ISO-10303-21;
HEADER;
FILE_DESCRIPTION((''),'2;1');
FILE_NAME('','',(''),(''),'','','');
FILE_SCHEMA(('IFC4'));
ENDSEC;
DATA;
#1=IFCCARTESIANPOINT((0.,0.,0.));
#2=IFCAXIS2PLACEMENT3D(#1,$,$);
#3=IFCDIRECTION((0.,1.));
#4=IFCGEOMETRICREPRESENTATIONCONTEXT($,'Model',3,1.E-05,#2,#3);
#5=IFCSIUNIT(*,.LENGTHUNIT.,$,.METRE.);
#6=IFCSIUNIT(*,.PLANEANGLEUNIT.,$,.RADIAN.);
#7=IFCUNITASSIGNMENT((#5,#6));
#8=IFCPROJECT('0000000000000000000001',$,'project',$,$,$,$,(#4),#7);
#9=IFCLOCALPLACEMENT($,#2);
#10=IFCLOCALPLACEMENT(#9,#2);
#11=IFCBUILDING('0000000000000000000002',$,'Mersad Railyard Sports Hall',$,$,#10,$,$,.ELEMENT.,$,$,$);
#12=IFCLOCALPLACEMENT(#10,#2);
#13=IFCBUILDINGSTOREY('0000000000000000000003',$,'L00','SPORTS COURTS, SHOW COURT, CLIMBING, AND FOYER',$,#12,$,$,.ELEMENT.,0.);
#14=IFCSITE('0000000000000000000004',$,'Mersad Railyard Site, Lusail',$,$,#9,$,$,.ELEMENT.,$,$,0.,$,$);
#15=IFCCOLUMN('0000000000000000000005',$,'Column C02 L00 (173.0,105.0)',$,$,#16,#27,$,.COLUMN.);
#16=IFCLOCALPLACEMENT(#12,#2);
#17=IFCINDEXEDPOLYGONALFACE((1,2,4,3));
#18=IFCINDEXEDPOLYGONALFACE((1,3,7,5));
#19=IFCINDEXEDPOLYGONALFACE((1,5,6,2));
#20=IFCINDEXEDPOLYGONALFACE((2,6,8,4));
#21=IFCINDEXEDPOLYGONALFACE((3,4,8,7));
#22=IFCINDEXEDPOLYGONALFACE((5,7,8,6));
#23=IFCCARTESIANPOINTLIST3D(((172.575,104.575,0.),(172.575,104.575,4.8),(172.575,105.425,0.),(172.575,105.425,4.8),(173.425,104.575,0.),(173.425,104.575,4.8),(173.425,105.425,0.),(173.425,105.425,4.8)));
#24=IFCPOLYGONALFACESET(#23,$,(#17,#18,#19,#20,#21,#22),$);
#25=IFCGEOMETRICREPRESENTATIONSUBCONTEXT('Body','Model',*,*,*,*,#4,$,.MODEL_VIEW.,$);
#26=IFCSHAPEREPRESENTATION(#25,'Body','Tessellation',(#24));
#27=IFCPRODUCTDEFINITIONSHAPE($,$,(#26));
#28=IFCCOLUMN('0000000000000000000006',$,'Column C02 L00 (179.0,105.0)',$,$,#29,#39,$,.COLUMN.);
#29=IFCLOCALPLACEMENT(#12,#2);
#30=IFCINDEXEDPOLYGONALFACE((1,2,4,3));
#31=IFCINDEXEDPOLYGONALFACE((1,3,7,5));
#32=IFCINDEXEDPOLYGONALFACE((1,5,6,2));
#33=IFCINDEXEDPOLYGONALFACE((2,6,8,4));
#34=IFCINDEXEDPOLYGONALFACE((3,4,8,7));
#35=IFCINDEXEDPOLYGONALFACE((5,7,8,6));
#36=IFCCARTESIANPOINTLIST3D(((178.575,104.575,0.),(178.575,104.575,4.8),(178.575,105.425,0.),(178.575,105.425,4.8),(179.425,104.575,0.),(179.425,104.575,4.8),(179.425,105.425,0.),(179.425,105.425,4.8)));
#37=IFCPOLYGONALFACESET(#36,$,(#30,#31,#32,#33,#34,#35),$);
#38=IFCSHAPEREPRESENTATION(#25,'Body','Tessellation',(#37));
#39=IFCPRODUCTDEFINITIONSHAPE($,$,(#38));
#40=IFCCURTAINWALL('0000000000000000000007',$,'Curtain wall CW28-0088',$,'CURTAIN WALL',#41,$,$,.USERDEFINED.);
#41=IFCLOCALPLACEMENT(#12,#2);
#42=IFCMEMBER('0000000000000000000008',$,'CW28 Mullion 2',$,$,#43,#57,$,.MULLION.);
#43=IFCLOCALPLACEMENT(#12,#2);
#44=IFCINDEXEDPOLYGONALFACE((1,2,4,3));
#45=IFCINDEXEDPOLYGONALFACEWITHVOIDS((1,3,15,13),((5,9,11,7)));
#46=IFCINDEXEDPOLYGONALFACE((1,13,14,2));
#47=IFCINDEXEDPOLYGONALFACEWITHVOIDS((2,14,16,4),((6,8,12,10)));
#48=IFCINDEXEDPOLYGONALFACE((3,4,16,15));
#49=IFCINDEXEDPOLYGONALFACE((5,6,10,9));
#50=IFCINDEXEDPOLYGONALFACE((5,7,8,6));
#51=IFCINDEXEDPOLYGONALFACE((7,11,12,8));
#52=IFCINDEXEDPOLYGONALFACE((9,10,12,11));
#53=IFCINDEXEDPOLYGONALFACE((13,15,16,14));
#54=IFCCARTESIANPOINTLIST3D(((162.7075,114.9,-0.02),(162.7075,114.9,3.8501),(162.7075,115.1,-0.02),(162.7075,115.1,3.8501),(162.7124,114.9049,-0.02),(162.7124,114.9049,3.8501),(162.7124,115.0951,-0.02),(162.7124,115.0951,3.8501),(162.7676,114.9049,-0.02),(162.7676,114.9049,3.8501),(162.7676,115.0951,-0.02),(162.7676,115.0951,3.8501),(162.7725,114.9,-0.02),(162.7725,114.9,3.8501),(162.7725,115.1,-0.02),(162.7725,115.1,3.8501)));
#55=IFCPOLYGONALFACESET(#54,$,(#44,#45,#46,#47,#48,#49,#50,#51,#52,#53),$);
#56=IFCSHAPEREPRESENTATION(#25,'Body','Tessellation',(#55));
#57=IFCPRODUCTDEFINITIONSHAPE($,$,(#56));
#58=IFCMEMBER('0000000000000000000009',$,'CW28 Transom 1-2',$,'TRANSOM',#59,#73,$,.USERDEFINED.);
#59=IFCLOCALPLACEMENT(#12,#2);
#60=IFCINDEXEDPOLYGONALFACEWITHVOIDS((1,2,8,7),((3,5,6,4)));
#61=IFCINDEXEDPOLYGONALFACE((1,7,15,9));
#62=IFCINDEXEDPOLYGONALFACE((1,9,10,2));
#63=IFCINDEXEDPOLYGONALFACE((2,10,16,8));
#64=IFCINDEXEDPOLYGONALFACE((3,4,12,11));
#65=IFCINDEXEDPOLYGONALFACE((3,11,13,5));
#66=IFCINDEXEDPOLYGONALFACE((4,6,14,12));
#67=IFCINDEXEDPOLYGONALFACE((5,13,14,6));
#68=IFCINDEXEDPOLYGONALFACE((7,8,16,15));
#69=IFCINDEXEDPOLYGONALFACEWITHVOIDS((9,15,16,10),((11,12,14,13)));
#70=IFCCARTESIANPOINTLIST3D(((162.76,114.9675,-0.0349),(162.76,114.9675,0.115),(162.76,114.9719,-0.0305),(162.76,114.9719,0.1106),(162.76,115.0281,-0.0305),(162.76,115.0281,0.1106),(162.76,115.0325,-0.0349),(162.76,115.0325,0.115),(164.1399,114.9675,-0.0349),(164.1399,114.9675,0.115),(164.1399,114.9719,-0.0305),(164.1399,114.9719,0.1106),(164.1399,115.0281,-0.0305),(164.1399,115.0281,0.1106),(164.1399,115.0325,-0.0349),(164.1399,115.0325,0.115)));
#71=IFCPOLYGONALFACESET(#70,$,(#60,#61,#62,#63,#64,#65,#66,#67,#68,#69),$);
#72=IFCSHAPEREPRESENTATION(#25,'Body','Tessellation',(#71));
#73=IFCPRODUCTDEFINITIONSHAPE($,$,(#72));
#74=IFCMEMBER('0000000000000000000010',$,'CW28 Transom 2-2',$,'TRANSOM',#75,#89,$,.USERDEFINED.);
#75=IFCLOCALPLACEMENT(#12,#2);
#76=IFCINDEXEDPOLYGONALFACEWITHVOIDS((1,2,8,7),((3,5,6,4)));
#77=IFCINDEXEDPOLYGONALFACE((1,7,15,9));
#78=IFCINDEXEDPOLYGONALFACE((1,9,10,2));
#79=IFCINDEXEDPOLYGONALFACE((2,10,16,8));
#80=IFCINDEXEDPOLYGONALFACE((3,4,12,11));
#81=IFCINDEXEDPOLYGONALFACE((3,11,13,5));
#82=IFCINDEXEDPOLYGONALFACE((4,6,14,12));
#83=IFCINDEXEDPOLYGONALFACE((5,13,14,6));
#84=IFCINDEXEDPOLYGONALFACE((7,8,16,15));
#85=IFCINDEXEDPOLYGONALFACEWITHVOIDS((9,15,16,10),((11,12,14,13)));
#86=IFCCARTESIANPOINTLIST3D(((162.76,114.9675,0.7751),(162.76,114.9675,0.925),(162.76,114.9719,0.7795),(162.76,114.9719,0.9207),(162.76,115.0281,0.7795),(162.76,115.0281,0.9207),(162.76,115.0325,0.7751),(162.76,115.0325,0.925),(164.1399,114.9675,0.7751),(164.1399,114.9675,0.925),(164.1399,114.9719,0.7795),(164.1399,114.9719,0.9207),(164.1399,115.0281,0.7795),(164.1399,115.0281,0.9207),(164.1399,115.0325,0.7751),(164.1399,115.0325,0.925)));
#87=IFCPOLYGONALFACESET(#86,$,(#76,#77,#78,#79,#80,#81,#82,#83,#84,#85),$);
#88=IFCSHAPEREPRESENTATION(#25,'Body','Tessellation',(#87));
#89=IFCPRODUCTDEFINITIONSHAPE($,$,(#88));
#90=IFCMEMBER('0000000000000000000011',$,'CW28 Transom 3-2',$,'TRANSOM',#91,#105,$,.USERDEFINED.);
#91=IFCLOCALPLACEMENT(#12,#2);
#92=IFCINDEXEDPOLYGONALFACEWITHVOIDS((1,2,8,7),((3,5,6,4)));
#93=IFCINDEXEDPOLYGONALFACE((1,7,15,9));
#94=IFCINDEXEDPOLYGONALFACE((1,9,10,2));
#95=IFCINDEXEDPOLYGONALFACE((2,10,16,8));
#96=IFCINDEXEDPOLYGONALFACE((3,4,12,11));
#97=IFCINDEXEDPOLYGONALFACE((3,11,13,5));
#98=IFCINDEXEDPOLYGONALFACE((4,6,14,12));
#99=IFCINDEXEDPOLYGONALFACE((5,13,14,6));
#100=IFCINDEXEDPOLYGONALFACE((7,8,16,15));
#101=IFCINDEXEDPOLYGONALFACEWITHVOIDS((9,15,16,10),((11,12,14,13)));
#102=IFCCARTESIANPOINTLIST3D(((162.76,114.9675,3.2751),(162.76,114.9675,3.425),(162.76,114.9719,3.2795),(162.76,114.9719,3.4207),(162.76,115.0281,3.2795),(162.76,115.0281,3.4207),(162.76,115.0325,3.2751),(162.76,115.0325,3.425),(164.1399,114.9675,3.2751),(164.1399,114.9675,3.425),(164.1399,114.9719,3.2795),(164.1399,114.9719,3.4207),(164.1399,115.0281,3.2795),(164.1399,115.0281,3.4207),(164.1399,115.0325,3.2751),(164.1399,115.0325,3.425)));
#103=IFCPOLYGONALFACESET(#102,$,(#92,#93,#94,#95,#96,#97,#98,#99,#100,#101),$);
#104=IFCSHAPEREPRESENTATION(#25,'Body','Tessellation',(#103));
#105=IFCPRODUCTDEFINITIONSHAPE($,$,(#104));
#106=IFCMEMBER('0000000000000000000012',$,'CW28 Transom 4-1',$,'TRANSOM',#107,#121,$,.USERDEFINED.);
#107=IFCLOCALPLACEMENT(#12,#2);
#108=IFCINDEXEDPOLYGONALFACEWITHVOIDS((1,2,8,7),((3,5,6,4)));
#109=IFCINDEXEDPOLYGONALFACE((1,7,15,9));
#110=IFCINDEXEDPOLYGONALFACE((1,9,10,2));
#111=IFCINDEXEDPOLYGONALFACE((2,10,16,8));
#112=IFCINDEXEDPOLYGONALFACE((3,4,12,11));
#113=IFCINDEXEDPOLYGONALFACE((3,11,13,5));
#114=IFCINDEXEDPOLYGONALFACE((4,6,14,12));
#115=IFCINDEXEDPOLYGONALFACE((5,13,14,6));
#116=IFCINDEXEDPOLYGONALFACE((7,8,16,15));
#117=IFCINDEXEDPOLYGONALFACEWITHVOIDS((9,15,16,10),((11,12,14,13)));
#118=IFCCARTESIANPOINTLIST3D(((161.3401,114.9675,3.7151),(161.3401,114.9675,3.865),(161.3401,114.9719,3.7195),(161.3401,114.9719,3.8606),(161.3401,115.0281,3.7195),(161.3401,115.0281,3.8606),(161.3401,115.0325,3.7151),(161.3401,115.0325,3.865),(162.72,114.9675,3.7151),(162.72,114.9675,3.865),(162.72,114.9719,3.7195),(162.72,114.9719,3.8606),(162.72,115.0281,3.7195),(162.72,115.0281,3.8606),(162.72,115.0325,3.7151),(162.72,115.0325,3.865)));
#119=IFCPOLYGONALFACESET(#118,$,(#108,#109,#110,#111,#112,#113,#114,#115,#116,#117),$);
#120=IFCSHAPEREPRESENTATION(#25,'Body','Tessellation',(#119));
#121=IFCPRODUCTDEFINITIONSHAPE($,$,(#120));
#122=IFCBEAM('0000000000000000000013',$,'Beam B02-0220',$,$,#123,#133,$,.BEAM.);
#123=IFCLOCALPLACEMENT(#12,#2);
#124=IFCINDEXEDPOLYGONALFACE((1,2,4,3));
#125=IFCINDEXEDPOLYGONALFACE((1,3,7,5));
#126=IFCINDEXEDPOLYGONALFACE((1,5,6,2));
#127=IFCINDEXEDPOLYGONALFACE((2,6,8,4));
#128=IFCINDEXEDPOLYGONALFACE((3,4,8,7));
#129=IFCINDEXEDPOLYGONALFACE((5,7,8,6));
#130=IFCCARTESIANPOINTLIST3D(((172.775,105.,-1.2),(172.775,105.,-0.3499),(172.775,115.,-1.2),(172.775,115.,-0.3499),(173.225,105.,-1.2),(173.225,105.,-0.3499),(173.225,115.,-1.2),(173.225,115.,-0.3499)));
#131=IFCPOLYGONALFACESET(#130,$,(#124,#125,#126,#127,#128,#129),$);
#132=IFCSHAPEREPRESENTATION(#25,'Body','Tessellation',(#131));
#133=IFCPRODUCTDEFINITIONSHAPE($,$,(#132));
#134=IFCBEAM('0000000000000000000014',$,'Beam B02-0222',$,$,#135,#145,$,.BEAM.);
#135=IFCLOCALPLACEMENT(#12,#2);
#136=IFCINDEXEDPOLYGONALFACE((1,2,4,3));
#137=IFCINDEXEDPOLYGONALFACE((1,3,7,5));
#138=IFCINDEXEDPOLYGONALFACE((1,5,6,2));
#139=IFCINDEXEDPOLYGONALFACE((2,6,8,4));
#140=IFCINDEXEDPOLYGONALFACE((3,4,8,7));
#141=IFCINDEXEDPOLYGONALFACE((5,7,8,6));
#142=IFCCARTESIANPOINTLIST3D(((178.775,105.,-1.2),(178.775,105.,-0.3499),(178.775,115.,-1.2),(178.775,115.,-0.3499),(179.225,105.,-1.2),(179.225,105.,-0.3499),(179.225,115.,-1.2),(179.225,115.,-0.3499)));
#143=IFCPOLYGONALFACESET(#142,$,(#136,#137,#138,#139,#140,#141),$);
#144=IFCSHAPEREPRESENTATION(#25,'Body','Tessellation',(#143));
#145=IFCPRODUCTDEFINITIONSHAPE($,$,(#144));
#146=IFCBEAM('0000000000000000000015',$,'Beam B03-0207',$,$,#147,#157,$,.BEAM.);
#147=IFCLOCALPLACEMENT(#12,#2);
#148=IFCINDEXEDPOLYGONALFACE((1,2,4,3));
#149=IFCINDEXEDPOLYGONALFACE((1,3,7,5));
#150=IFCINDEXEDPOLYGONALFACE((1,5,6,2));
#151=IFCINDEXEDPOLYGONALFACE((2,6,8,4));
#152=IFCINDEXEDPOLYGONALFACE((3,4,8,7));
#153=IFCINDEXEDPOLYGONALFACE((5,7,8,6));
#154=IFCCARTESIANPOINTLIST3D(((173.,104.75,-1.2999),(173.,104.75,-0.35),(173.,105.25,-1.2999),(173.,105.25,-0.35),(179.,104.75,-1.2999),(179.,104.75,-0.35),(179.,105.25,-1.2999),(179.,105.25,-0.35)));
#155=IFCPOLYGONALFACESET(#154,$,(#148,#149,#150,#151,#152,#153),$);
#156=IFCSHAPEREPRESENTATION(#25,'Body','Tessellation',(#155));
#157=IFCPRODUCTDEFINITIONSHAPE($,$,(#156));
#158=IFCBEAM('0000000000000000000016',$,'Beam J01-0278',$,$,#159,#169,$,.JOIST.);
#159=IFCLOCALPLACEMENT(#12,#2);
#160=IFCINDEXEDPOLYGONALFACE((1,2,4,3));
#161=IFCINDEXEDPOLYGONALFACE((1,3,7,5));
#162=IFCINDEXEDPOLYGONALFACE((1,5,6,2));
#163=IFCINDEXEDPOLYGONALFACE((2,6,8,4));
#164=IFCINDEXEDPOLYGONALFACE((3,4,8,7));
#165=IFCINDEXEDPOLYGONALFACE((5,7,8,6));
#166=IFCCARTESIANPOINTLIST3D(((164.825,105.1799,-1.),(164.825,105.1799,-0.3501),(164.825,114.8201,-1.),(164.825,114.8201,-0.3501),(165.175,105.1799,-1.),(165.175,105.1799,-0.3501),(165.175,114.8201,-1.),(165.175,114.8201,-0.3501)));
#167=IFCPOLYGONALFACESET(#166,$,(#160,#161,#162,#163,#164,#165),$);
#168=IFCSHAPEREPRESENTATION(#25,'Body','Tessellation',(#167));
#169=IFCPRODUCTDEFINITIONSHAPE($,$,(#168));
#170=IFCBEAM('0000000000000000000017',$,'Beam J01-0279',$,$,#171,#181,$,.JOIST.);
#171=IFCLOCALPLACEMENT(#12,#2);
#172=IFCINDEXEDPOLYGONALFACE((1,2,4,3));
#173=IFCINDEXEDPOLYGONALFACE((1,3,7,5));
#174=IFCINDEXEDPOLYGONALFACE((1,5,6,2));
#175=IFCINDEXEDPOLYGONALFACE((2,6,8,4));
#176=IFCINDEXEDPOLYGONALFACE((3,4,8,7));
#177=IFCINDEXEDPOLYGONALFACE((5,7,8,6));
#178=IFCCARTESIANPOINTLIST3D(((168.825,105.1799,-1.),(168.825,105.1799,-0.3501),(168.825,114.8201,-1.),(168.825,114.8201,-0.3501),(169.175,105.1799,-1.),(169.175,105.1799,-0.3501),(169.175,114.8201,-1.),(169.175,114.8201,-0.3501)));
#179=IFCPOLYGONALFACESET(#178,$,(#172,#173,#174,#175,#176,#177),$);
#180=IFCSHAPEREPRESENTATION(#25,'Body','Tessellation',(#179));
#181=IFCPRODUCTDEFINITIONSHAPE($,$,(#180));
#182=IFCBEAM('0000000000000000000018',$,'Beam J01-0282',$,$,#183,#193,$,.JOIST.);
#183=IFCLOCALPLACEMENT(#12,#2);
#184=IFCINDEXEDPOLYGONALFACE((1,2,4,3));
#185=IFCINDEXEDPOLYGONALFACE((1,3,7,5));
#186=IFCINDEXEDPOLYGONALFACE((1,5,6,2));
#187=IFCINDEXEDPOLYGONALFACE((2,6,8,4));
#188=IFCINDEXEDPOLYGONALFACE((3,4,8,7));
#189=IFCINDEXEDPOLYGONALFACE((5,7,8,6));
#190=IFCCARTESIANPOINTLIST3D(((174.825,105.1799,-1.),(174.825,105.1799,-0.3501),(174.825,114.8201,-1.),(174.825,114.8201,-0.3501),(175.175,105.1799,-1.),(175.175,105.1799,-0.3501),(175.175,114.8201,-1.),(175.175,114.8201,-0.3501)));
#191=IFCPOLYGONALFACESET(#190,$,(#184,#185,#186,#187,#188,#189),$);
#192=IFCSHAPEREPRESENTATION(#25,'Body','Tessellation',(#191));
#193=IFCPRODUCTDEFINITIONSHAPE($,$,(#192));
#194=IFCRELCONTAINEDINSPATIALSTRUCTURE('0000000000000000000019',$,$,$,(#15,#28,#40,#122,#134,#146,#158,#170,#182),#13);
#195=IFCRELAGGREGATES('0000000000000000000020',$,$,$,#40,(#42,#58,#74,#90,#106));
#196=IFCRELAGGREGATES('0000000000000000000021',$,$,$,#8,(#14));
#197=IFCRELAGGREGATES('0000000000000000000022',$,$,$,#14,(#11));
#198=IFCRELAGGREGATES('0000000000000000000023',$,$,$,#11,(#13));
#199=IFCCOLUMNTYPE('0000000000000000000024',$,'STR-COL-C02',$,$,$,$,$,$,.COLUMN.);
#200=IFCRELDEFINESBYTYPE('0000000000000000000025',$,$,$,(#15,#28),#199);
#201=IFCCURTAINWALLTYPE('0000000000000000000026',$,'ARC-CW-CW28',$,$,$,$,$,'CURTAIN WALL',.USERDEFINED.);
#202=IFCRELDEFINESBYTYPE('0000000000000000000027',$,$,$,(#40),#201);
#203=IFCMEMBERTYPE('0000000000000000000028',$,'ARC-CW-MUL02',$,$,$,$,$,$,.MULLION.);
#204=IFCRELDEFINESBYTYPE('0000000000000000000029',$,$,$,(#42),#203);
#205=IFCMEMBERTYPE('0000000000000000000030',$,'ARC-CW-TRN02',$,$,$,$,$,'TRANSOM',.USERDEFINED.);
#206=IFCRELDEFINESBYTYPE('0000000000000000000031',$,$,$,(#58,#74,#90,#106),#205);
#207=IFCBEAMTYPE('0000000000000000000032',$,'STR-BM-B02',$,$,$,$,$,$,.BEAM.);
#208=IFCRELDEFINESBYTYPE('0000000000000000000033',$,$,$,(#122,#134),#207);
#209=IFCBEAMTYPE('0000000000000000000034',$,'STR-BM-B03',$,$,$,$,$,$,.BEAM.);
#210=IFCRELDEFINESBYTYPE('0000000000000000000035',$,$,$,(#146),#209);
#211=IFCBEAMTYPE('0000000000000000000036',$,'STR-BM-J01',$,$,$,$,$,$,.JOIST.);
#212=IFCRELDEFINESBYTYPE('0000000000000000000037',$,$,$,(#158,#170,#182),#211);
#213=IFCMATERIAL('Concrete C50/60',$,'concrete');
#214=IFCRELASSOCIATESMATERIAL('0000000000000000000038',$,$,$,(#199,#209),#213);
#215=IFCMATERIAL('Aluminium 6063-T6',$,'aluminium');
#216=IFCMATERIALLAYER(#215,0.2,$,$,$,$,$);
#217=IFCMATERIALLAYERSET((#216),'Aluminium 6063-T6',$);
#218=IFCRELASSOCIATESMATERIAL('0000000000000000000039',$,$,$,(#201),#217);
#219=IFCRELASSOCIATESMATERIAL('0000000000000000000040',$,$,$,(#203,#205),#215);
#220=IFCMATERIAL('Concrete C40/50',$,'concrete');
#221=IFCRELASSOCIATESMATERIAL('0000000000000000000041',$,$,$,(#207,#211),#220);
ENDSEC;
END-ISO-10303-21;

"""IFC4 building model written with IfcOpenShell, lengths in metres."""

from ifc_helpers import new_model, si_unit, direction, frame, origin, origin_2d, place, context, subcontext, project, spatial, rectangle, hollow_rectangle, extrude, material, layer, layer_set, material_profile, profile_set, type_object, element, aggregate, save


model = new_model("IFC4")

# Units and contexts
model_context = context("Model", 3, precision=1e-05, world=origin(), true_north=direction((0.0, 1.0)))
body_context = subcontext(model_context, "Body", "Model", "MODEL_VIEW")
ifc_project = project(units=[si_unit("LENGTHUNIT", "METRE"), si_unit("PLANEANGLEUNIT", "RADIAN")], contexts=[model_context])

# Site, building, storey
site_placement = place(None, origin())
site = spatial("IfcSite", under=ifc_project, at=site_placement, Name="Mersad Railyard Site, Lusail", CompositionType="ELEMENT", RefElevation=0.0)
building_placement = place(site_placement, origin())
building = spatial("IfcBuilding", under=site, at=building_placement, Name="Mersad Railyard Sports Hall", CompositionType="ELEMENT")
storey_placement = place(building_placement, origin())
storey = spatial("IfcBuildingStorey", under=building, at=storey_placement, Name="L00", Description="SPORTS COURTS, SHOW COURT, CLIMBING, AND FOYER", CompositionType="ELEMENT", Elevation=0.0)

# Columns
ifc_material_1 = material(Name="Concrete C50/60", Category="concrete")
ifc_material_profile_1 = material_profile(ifc_material_1, rectangle(XDim=0.8501, YDim=0.8501, at=origin_2d()), Name="RC 850x850")
ifc_profile_set_1 = profile_set([ifc_material_profile_1], Name="Concrete C50/60")
column_type = type_object("IfcColumnType", Name="STR-COL-C02", PredefinedType="COLUMN", material=ifc_profile_set_1)
for number, where, z_axis, x_axis, name in (
    (1, (173.0, 105.0, 0.0), (0.0, 0.0, 1.0), (1.0, 0.0, 0.0), "Column C02 L00 (173.0,105.0)"),
    (2, (179.0, 105.0, 0.0), (0.0, 0.0, 1.0), (1.0, 0.0, 0.0), "Column C02 L00 (179.0,105.0)"),
):
    element("IfcColumn", number, at=place(storey_placement, frame(where, z_axis=z_axis, x_axis=x_axis)), inside=storey, type_object=column_type, Name=name, PredefinedType="COLUMN", context=body_context, shape_type="SweptSolid", body=[
        extrude(rectangle(XDim=0.8501, YDim=0.8501, at=origin_2d()), origin(), (0.0, 0.0, 1.0), 4.8),
    ])

# Curtain wall, members
ifc_material_2 = material(Name="Aluminium 6063-T6", Category="aluminium")
ifc_layer_1 = layer(ifc_material_2, 0.2)
ifc_layer_set_1 = layer_set([ifc_layer_1], Name="Aluminium 6063-T6")
curtain_wall_type = type_object("IfcCurtainWallType", Name="ARC-CW-CW28", ElementType="CURTAIN WALL", PredefinedType="USERDEFINED", material=ifc_layer_set_1)
curtain_wall_placement = place(storey_placement, origin())
curtain_wall = element("IfcCurtainWall", 3, at=curtain_wall_placement, inside=storey, type_object=curtain_wall_type, Name="Curtain wall CW28-0088", ObjectType="CURTAIN WALL", PredefinedType="USERDEFINED")
ifc_material_profile_2 = material_profile(ifc_material_2, hollow_rectangle(XDim=0.0649, YDim=0.2, WallThickness=0.0049, at=origin_2d()), Name="AL MULLION 65x200x5")
ifc_profile_set_2 = profile_set([ifc_material_profile_2], Name="Aluminium 6063-T6")
member_type_1 = type_object("IfcMemberType", Name="ARC-CW-MUL02", PredefinedType="MULLION", material=ifc_profile_set_2)
member_1_placement = place(storey_placement, frame((162.74, 115.0, -0.02), z_axis=(0.0, 0.0, 1.0), x_axis=(1.0, 0.0, 0.0)))
member_1 = element("IfcMember", 4, at=member_1_placement, type_object=member_type_1, Name="CW28 Mullion 2", PredefinedType="MULLION", context=body_context, shape_type="SweptSolid", body=[
    extrude(hollow_rectangle(XDim=0.0649, YDim=0.2, WallThickness=0.0049, at=origin_2d()), origin(), (0.0, 0.0, 1.0), 3.8701),
])
ifc_material_profile_3 = material_profile(ifc_material_2, hollow_rectangle(XDim=0.0649, YDim=0.1499, WallThickness=0.0044, at=origin_2d()), Name="AL TRANSOM 65x150x4.5")
ifc_profile_set_3 = profile_set([ifc_material_profile_3], Name="Aluminium 6063-T6")
member_type_2 = type_object("IfcMemberType", Name="ARC-CW-TRN02", ElementType="TRANSOM", PredefinedType="USERDEFINED", material=ifc_profile_set_3)
member_2_placement = place(storey_placement, frame((162.76, 115.0, 0.04), z_axis=(1.0, 0.0, 0.0), x_axis=(0.0, 1.0, 0.0)))
member_2 = element("IfcMember", 5, at=member_2_placement, type_object=member_type_2, Name="CW28 Transom 1-2", ObjectType="TRANSOM", PredefinedType="USERDEFINED", context=body_context, shape_type="SweptSolid", body=[
    extrude(hollow_rectangle(XDim=0.0649, YDim=0.1499, WallThickness=0.0044, at=origin_2d()), origin(), (0.0, 0.0, 1.0), 1.3799),
])
member_3_placement = place(storey_placement, frame((162.76, 115.0, 0.8501), z_axis=(1.0, 0.0, 0.0), x_axis=(0.0, 1.0, 0.0)))
member_3 = element("IfcMember", 6, at=member_3_placement, type_object=member_type_2, Name="CW28 Transom 2-2", ObjectType="TRANSOM", PredefinedType="USERDEFINED", context=body_context, shape_type="SweptSolid", body=[
    extrude(hollow_rectangle(XDim=0.0649, YDim=0.1499, WallThickness=0.0044, at=origin_2d()), origin(), (0.0, 0.0, 1.0), 1.3799),
])
member_4_placement = place(storey_placement, frame((162.76, 115.0, 3.3501), z_axis=(1.0, 0.0, 0.0), x_axis=(0.0, 1.0, 0.0)))
member_4 = element("IfcMember", 7, at=member_4_placement, type_object=member_type_2, Name="CW28 Transom 3-2", ObjectType="TRANSOM", PredefinedType="USERDEFINED", context=body_context, shape_type="SweptSolid", body=[
    extrude(hollow_rectangle(XDim=0.0649, YDim=0.1499, WallThickness=0.0044, at=origin_2d()), origin(), (0.0, 0.0, 1.0), 1.3799),
])
member_5_placement = place(storey_placement, frame((161.3401, 115.0, 3.79), z_axis=(1.0, 0.0, 0.0), x_axis=(0.0, 1.0, 0.0)))
member_5 = element("IfcMember", 8, at=member_5_placement, type_object=member_type_2, Name="CW28 Transom 4-1", ObjectType="TRANSOM", PredefinedType="USERDEFINED", context=body_context, shape_type="SweptSolid", body=[
    extrude(hollow_rectangle(XDim=0.0649, YDim=0.1499, WallThickness=0.0044, at=origin_2d()), origin(), (0.0, 0.0, 1.0), 1.3799),
])

# Beams
ifc_material_3 = material(Name="Concrete C40/50", Category="concrete")
ifc_material_profile_4 = material_profile(ifc_material_3, rectangle(XDim=0.45, YDim=0.8501, at=origin_2d()), Name="RC 450x850")
ifc_profile_set_4 = profile_set([ifc_material_profile_4], Name="Concrete C40/50")
beam_type_1 = type_object("IfcBeamType", Name="STR-BM-B02", PredefinedType="BEAM", material=ifc_profile_set_4)
for number, where, z_axis, x_axis, name in (
    (9, (173.0, 105.0, -0.7749), (0.0, 1.0, 0.0), (-1.0, 0.0, 0.0), "Beam B02-0220"),
    (10, (179.0, 105.0, -0.7749), (0.0, 1.0, 0.0), (-1.0, 0.0, 0.0), "Beam B02-0222"),
):
    element("IfcBeam", number, at=place(storey_placement, frame(where, z_axis=z_axis, x_axis=x_axis)), inside=storey, type_object=beam_type_1, Name=name, PredefinedType="BEAM", context=body_context, shape_type="SweptSolid", body=[
        extrude(rectangle(XDim=0.45, YDim=0.8501, at=origin_2d()), origin(), (0.0, 0.0, 1.0), 10.0),
    ])
ifc_material_profile_5 = material_profile(ifc_material_1, rectangle(XDim=0.5, YDim=0.95, at=origin_2d()), Name="RC 500x950")
ifc_profile_set_5 = profile_set([ifc_material_profile_5], Name="Concrete C50/60")
beam_type_2 = type_object("IfcBeamType", Name="STR-BM-B03", PredefinedType="BEAM", material=ifc_profile_set_5)
beam_placement = place(storey_placement, frame((173.0, 105.0, -0.825), z_axis=(1.0, 0.0, 0.0), x_axis=(0.0, 1.0, 0.0)))
element("IfcBeam", 11, at=beam_placement, inside=storey, type_object=beam_type_2, Name="Beam B03-0207", PredefinedType="BEAM", context=body_context, shape_type="SweptSolid", body=[
    extrude(rectangle(XDim=0.5, YDim=0.95, at=origin_2d()), origin(), (0.0, 0.0, 1.0), 6.0),
])
ifc_material_profile_6 = material_profile(ifc_material_3, rectangle(XDim=0.3501, YDim=0.6499, at=origin_2d()), Name="RC 350x650")
ifc_profile_set_6 = profile_set([ifc_material_profile_6], Name="Concrete C40/50")
beam_type_3 = type_object("IfcBeamType", Name="STR-BM-J01", PredefinedType="JOIST", material=ifc_profile_set_6)
for number, where, z_axis, x_axis, name in (
    (12, (165.0, 105.1799, -0.675), (0.0, 1.0, 0.0), (-1.0, 0.0, 0.0), "Beam J01-0278"),
    (13, (169.0, 105.1799, -0.675), (0.0, 1.0, 0.0), (-1.0, 0.0, 0.0), "Beam J01-0279"),
    (14, (175.0, 105.1799, -0.675), (0.0, 1.0, 0.0), (-1.0, 0.0, 0.0), "Beam J01-0282"),
):
    element("IfcBeam", number, at=place(storey_placement, frame(where, z_axis=z_axis, x_axis=x_axis)), inside=storey, type_object=beam_type_3, Name=name, PredefinedType="JOIST", context=body_context, shape_type="SweptSolid", body=[
        extrude(rectangle(XDim=0.3501, YDim=0.6499, at=origin_2d()), origin(), (0.0, 0.0, 1.0), 9.6401),
    ])

aggregate(curtain_wall, [member_1, member_2, member_3, member_4, member_5])

save(model, "model.ifc")
